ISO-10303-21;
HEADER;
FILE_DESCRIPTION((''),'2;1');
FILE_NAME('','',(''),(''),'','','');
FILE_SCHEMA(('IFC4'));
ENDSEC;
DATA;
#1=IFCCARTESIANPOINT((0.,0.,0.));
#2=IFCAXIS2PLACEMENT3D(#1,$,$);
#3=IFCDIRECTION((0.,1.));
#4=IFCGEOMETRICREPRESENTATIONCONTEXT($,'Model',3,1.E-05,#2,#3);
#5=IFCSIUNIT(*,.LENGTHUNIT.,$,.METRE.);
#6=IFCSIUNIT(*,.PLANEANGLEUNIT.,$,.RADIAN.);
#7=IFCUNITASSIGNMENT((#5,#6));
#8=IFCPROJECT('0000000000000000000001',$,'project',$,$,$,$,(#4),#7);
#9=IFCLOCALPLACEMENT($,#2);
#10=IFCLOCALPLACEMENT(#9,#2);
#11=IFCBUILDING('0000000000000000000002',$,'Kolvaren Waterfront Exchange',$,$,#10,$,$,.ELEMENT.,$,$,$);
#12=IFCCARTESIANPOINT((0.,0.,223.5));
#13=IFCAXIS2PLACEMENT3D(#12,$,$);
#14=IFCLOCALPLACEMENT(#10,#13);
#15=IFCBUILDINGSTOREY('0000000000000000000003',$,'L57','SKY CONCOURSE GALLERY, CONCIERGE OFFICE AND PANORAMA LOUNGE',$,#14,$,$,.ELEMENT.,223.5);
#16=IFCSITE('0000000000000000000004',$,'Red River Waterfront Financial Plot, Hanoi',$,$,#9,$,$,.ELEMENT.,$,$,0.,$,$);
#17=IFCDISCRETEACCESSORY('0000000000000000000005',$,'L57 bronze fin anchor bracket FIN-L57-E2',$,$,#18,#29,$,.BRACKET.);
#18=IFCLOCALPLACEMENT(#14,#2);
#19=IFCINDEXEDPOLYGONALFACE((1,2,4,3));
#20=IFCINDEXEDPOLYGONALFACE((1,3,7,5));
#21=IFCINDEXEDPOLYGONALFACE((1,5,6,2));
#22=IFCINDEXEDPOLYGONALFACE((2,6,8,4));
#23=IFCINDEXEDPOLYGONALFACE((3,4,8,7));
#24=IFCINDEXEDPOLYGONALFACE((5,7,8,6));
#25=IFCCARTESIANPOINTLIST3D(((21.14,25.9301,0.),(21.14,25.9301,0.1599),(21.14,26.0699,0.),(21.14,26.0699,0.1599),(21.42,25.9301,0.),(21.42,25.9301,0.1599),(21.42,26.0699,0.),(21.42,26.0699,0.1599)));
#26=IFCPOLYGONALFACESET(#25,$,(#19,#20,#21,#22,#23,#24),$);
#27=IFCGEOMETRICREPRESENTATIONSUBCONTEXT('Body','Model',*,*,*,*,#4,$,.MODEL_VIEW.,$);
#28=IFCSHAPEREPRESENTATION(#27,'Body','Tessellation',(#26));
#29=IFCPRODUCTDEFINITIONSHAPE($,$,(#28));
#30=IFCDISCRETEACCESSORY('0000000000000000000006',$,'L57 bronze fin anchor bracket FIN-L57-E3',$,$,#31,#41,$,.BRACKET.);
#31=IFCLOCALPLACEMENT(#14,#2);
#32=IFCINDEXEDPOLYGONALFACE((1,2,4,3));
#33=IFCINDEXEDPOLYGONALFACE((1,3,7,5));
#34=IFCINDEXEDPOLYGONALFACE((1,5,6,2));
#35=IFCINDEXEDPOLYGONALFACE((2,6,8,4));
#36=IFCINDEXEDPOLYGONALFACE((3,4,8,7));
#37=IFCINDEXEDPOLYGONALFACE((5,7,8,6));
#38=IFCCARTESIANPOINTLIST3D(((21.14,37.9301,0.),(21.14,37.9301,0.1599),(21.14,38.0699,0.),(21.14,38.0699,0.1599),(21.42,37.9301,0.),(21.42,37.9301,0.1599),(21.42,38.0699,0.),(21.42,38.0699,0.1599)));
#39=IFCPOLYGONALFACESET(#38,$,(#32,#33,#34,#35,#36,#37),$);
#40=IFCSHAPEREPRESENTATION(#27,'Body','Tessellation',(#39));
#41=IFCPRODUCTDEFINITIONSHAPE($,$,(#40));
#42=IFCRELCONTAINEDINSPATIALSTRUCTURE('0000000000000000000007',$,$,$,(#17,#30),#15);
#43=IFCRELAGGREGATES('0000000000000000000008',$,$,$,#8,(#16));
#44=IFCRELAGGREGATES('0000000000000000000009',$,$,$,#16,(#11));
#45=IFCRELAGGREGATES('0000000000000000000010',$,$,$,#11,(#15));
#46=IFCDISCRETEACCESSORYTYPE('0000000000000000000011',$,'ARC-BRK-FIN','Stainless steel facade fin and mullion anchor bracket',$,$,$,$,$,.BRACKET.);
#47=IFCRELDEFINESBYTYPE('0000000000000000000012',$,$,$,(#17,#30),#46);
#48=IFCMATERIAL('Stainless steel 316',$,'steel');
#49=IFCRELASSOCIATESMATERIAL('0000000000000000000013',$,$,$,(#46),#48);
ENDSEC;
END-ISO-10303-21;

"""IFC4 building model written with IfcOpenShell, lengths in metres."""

from ifc_helpers import new_model, si_unit, direction, frame, origin, origin_with_axes, origin_2d, place, context, subcontext, project, spatial, rectangle, extrude, source, transform, mapped, material, type_object, element, save


model = new_model("IFC4")

# Units and contexts
model_context = context("Model", 3, precision=1e-05, world=origin(), true_north=direction((0.0, 1.0)))
body_context = subcontext(model_context, "Body", "Model", "MODEL_VIEW")
ifc_project = project(units=[si_unit("LENGTHUNIT", "METRE"), si_unit("PLANEANGLEUNIT", "RADIAN")], contexts=[model_context])

# Site, building, storey
site_placement = place(None, origin())
site = spatial("IfcSite", under=ifc_project, at=site_placement, Name="Red River Waterfront Financial Plot, Hanoi", CompositionType="ELEMENT", RefElevation=0.0)
building_placement = place(site_placement, origin())
building = spatial("IfcBuilding", under=site, at=building_placement, Name="Kolvaren Waterfront Exchange", CompositionType="ELEMENT")
storey_placement = place(building_placement, frame((0.0, 0.0, 223.5)))
storey = spatial("IfcBuildingStorey", under=building, at=storey_placement, Name="L57", Description="SKY CONCOURSE GALLERY, CONCIERGE OFFICE AND PANORAMA LOUNGE", CompositionType="ELEMENT", Elevation=223.5)

# Shared definitions
ifc_material_1 = material(Name="Stainless steel 316", Category="steel")

# Discrete accessories
discrete_accessory_type = type_object("IfcDiscreteAccessoryType", Name="ARC-BRK-FIN", Description="Stainless steel facade fin and mullion anchor bracket", PredefinedType="BRACKET", material=ifc_material_1)
shared_shape_1 = source(origin_with_axes(), body_context, "Body", "SweptSolid", [
    extrude(rectangle(XDim=0.28, YDim=0.1399, at=origin_2d()), origin(), (0.0, 0.0, 1.0), 0.1599),
])
for number, where, z_axis, x_axis, name in (
    (1, (21.28, 26.0, 0.0), (0.0, 0.0, 1.0), (1.0, 0.0, 0.0), "L57 bronze fin anchor bracket FIN-L57-E2"),
    (2, (21.28, 38.0, 0.0), (0.0, 0.0, 1.0), (1.0, 0.0, 0.0), "L57 bronze fin anchor bracket FIN-L57-E3"),
):
    element("IfcDiscreteAccessory", number, at=place(storey_placement, frame(where, z_axis=z_axis, x_axis=x_axis)), inside=storey, type_object=discrete_accessory_type, Name=name, PredefinedType="BRACKET", context=body_context, shape_type="MappedRepresentation", body=[
        mapped(shared_shape_1, transform((0.0, 0.0, 0.0), x_axis=(1.0, 0.0, 0.0), y_axis=(0.0, 1.0, 0.0), z_axis=(0.0, 0.0, 1.0), scale=1.0)),
    ])

save(model, "model.ifc")
